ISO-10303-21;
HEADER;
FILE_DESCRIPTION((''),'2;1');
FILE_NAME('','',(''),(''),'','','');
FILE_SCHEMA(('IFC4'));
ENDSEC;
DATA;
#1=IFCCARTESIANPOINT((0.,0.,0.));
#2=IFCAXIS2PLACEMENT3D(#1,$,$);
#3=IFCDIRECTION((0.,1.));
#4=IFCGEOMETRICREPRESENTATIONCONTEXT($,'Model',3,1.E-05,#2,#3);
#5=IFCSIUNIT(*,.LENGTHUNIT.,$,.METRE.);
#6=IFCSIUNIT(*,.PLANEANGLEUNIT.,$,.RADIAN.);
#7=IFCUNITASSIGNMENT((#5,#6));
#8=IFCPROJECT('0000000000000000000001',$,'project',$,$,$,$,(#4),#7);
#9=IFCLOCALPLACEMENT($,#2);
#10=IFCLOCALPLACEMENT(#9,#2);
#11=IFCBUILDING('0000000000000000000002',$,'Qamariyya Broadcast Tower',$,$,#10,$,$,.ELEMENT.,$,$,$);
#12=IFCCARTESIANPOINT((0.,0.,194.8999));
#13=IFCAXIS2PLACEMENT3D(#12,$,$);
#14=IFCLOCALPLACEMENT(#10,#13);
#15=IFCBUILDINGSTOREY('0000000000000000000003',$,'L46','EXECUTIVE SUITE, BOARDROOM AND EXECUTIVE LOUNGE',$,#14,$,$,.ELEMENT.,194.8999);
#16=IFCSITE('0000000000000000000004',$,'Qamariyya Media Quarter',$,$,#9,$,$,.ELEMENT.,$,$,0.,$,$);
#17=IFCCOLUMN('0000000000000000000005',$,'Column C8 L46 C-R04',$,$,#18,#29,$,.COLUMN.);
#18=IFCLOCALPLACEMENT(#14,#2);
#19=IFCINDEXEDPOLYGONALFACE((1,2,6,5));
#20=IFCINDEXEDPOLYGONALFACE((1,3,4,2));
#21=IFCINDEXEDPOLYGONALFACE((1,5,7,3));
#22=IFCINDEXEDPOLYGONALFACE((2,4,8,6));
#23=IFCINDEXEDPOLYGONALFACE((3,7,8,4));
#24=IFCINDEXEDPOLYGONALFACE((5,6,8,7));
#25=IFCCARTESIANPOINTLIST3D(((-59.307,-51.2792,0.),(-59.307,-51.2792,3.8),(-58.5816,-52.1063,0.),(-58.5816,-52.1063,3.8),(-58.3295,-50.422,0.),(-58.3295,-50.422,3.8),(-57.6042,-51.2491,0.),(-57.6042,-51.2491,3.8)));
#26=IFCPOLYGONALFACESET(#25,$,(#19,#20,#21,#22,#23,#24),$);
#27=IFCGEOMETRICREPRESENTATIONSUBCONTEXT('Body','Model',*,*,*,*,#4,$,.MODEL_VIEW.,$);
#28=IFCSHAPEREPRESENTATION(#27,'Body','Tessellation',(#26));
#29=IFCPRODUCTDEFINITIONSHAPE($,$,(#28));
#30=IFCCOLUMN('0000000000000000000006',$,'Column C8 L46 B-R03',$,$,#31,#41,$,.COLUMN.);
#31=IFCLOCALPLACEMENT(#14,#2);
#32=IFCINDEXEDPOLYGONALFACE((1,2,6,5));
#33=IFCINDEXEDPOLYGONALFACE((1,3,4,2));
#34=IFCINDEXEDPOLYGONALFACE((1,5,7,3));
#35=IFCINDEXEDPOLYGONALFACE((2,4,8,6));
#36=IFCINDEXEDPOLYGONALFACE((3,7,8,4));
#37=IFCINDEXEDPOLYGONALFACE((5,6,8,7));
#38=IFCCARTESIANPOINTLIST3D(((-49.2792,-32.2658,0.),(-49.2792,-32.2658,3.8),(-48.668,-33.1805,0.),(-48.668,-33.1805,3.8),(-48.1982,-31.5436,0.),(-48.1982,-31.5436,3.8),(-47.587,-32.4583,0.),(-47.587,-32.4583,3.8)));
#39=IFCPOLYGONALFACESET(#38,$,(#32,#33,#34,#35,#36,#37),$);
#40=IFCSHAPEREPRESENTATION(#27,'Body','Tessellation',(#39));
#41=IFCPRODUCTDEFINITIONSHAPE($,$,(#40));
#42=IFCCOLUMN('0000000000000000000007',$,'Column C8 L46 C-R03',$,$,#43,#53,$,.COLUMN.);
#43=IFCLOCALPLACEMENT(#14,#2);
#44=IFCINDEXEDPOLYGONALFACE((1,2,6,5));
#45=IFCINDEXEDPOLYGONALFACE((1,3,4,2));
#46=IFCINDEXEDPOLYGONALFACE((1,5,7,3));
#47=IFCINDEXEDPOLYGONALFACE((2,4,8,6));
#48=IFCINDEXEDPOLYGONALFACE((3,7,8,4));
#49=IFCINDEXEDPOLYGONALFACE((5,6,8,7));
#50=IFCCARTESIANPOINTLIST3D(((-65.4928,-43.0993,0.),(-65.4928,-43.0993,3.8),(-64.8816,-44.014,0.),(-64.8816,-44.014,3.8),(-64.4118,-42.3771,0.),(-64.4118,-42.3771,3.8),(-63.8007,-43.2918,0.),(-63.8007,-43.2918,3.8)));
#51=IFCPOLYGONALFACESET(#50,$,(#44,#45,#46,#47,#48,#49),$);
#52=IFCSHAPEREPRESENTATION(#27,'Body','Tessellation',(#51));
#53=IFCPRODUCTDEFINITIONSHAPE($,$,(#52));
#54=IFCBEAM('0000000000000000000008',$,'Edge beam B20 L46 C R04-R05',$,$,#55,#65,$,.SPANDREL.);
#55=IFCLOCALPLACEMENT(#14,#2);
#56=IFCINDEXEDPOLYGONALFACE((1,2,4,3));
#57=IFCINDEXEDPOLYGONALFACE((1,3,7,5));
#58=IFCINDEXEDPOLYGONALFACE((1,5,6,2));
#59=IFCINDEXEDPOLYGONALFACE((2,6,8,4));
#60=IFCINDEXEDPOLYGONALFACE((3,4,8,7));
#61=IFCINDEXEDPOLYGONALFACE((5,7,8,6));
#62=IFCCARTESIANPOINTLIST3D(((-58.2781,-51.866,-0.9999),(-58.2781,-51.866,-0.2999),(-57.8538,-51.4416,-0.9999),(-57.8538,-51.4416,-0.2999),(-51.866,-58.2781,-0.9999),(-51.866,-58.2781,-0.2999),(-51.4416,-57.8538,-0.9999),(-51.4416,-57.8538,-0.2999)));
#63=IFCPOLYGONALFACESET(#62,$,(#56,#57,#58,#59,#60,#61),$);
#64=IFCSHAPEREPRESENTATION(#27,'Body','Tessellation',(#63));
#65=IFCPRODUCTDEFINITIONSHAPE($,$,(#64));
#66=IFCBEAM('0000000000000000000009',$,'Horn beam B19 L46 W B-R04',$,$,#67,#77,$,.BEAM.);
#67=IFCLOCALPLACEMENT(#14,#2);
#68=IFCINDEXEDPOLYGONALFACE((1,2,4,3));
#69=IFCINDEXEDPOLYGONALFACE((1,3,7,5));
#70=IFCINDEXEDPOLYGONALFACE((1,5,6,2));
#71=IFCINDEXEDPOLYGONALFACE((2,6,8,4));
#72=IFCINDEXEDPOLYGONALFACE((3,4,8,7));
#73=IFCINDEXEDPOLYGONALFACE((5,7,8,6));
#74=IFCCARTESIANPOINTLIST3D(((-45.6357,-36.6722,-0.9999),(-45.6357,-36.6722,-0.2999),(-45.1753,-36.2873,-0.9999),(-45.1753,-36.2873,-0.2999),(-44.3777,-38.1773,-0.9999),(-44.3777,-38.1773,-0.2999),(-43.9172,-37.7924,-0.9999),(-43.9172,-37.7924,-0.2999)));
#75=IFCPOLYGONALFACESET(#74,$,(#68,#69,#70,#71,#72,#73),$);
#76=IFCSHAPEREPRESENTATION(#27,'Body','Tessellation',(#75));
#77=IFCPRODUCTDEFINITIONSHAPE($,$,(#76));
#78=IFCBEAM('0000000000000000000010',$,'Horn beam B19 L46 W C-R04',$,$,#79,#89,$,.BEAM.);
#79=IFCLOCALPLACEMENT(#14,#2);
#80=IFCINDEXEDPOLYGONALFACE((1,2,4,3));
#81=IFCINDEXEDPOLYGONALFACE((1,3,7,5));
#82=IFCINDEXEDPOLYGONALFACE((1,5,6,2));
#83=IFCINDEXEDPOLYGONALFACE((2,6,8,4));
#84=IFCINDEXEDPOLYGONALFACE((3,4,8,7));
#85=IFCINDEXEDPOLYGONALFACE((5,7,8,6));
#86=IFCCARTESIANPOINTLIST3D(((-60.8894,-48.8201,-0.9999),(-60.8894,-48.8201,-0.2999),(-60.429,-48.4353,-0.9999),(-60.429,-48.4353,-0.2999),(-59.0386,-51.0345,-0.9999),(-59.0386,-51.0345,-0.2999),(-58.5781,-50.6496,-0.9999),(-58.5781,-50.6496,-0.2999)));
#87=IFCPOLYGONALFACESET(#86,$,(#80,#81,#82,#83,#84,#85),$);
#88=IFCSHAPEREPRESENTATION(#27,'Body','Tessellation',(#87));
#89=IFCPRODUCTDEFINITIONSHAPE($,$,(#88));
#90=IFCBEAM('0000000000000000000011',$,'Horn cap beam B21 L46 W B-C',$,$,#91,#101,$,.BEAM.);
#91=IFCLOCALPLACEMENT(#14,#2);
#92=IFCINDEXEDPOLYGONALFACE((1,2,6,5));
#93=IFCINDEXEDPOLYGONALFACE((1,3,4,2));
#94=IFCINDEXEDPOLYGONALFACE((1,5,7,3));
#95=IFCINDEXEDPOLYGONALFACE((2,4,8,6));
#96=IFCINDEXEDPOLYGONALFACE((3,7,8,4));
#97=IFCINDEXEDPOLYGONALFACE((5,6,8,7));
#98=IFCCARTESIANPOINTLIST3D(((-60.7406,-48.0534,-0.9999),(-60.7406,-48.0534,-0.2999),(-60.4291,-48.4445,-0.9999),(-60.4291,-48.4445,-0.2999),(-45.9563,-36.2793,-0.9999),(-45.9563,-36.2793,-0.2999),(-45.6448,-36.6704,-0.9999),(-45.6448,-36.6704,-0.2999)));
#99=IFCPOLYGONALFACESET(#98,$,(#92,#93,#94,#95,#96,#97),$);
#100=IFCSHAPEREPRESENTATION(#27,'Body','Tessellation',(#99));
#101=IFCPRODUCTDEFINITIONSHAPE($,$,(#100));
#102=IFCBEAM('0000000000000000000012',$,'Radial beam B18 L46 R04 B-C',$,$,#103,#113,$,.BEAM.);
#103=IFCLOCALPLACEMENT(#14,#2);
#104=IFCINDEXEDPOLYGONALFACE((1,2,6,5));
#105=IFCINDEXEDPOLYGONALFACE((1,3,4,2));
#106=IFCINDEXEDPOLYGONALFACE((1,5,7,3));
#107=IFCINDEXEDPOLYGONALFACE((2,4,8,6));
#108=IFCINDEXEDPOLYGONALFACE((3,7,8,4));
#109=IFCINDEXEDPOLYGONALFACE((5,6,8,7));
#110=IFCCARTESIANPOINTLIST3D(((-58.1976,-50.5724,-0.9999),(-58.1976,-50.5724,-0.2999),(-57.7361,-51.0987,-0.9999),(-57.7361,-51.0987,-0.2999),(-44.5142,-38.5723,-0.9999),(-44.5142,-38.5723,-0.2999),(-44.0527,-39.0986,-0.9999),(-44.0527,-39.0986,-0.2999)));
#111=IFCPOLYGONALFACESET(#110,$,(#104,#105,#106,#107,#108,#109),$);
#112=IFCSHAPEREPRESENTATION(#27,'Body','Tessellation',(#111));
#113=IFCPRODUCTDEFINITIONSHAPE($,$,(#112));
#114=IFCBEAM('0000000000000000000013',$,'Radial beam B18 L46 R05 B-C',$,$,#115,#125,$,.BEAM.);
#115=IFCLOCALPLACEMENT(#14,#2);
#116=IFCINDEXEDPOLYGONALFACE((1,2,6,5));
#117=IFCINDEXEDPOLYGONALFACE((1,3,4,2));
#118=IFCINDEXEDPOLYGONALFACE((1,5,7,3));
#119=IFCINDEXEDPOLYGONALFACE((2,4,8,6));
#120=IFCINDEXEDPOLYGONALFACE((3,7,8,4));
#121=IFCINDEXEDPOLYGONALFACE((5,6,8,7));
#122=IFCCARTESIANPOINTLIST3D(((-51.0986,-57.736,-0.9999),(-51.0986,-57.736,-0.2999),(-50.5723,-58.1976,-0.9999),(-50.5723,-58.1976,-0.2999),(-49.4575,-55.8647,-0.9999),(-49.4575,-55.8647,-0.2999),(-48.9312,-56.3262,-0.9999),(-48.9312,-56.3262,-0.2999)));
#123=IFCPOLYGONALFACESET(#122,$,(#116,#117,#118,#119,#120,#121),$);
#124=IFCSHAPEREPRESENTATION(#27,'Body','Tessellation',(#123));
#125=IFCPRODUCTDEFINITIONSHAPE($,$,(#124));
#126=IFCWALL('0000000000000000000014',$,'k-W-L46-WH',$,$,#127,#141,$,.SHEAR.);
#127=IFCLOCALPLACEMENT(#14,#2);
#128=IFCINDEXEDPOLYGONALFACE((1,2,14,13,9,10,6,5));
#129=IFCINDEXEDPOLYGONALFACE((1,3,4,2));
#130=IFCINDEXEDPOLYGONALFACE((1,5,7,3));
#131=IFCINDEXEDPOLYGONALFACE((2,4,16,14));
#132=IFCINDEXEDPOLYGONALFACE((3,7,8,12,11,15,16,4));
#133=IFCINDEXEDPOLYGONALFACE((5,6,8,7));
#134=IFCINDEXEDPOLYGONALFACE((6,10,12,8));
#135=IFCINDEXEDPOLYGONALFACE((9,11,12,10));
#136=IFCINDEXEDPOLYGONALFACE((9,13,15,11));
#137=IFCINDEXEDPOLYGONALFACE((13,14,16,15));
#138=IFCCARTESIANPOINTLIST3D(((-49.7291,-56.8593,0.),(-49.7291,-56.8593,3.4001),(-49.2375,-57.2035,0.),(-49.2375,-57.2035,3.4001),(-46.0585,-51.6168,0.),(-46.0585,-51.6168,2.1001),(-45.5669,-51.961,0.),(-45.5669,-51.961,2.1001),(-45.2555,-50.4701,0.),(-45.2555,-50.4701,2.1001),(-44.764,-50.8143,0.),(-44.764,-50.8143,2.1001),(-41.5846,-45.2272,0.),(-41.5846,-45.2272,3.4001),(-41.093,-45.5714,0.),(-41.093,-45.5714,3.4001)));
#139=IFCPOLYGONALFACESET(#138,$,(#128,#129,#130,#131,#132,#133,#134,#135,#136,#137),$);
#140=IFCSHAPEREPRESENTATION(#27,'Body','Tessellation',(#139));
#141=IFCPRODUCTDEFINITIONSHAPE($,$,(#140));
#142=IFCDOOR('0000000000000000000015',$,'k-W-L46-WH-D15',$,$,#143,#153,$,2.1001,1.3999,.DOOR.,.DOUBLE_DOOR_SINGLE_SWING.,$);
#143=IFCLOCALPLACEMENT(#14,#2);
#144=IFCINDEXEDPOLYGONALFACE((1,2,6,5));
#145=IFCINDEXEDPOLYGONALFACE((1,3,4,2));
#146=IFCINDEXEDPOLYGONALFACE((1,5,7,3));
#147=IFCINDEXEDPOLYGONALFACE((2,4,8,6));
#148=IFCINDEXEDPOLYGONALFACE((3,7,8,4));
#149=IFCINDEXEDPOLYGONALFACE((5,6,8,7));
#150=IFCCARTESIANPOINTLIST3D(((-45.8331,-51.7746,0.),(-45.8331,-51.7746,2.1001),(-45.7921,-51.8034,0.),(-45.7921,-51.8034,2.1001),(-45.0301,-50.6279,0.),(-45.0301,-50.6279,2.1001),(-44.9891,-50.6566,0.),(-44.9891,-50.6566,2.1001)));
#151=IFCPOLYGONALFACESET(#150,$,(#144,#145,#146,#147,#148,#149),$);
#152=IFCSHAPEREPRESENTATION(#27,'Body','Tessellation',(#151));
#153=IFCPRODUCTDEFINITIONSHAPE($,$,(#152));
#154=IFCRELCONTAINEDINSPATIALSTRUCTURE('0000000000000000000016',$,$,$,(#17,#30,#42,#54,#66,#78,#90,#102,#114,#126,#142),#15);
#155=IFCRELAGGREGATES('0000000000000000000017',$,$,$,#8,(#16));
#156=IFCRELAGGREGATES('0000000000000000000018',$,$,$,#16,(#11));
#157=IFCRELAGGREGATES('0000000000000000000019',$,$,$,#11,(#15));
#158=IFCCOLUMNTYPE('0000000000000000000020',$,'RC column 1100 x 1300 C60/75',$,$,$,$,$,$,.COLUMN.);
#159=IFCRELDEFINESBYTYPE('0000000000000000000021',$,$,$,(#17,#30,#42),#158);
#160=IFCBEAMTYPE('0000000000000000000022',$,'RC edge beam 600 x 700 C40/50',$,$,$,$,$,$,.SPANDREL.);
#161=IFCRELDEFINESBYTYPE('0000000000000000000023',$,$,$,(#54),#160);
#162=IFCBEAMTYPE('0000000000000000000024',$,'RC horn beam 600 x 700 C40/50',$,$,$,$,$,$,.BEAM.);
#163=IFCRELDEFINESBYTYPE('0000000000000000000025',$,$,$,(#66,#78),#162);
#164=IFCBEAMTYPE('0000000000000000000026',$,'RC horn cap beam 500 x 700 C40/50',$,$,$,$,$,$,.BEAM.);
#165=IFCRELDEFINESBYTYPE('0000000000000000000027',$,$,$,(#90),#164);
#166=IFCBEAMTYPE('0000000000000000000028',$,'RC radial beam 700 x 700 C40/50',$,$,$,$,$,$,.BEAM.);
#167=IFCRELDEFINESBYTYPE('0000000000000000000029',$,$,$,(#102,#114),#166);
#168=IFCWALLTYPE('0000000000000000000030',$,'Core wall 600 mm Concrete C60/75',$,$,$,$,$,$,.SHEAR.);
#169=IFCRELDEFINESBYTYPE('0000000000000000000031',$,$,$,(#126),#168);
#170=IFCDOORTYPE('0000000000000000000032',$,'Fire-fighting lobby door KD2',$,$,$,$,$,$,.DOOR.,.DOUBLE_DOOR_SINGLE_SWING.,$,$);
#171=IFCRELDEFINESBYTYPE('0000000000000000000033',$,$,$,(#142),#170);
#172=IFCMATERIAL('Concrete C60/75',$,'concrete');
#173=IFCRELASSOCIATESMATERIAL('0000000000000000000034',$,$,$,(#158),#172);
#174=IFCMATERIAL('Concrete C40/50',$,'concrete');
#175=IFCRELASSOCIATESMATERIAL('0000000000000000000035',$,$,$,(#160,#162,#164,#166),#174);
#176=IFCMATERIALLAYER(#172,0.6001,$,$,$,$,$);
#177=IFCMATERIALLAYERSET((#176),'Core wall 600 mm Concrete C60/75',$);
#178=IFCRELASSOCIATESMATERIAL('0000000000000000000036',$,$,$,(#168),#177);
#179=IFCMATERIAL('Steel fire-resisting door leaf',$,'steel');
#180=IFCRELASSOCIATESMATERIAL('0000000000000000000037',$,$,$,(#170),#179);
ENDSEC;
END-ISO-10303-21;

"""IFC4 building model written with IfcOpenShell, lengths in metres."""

from ifc_helpers import new_model, si_unit, direction, frame, frame_2d, origin, origin_2d, place, context, subcontext, project, spatial, rectangle, extrude, material, layer, layer_set, material_profile, profile_set, type_object, element, fill, save


model = new_model("IFC4")

# Units and contexts
model_context = context("Model", 3, precision=1e-05, world=origin(), true_north=direction((0.0, 1.0)))
body_context = subcontext(model_context, "Body", "Model", "MODEL_VIEW")
ifc_project = project(units=[si_unit("LENGTHUNIT", "METRE"), si_unit("PLANEANGLEUNIT", "RADIAN")], contexts=[model_context])

# Site, building, storey
site_placement = place(None, origin())
site = spatial("IfcSite", under=ifc_project, at=site_placement, Name="Qamariyya Media Quarter", CompositionType="ELEMENT", RefElevation=0.0)
building_placement = place(site_placement, origin())
building = spatial("IfcBuilding", under=site, at=building_placement, Name="Qamariyya Broadcast Tower", CompositionType="ELEMENT")
storey_placement = place(building_placement, frame((0.0, 0.0, 194.8999)))
storey = spatial("IfcBuildingStorey", under=building, at=storey_placement, Name="L46", Description="EXECUTIVE SUITE, BOARDROOM AND EXECUTIVE LOUNGE", CompositionType="ELEMENT", Elevation=194.8999)

# Columns
ifc_material_1 = material(Name="Concrete C60/75", Category="concrete")
ifc_material_profile_1 = material_profile(ifc_material_1, rectangle(XDim=1.1001, YDim=1.3, at=origin_2d()))
ifc_profile_set_1 = profile_set([ifc_material_profile_1], Name="Concrete C60/75")
column_type = type_object("IfcColumnType", Name="RC column 1100 x 1300 C60/75", PredefinedType="COLUMN", material=ifc_profile_set_1)
for number, where, z_axis, x_axis, name in (
    (1, (-58.4556, -51.2642, 0.0), (0.0, 0.0, 1.0), (0.659346, -0.75184, 0.0), "Column C8 L46 C-R04"),
    (2, (-48.4331, -32.3621, 0.0), (0.0, 0.0, 1.0), (0.55557, -0.83147, 0.0), "Column C8 L46 B-R03"),
    (3, (-64.6467, -43.1956, 0.0), (0.0, 0.0, 1.0), (0.55557, -0.83147, 0.0), "Column C8 L46 C-R03"),
):
    element("IfcColumn", number, at=place(storey_placement, frame(where, z_axis=z_axis, x_axis=x_axis)), inside=storey, type_object=column_type, Name=name, PredefinedType="COLUMN", context=body_context, shape_type="SweptSolid", body=[
        extrude(rectangle(XDim=1.1001, YDim=1.3, at=origin_2d()), origin(), (0.0, 0.0, 1.0), 3.8),
    ])

# Beams
ifc_material_2 = material(Name="Concrete C40/50", Category="concrete")
ifc_material_profile_2 = material_profile(ifc_material_2, rectangle(XDim=0.6001, YDim=0.7, at=origin_2d()))
ifc_profile_set_2 = profile_set([ifc_material_profile_2], Name="Concrete C40/50")
beam_type_1 = type_object("IfcBeamType", Name="RC edge beam 600 x 700 C40/50", PredefinedType="SPANDREL", material=ifc_profile_set_2)
beam_1_placement = place(storey_placement, frame((-58.0659, -51.6538, -0.6499), z_axis=(0.707107, -0.707107, 0.0), x_axis=(0.707107, 0.707107, 0.0)))
element("IfcBeam", 4, at=beam_1_placement, inside=storey, type_object=beam_type_1, Name="Edge beam B20 L46 C R04-R05", PredefinedType="SPANDREL", context=body_context, shape_type="SweptSolid", body=[
    extrude(rectangle(XDim=0.6001, YDim=0.7, at=origin_2d()), origin(), (0.0, 0.0, 1.0), 9.0681),
])
ifc_material_profile_3 = material_profile(ifc_material_2, rectangle(XDim=0.6001, YDim=0.7, at=origin_2d()))
ifc_profile_set_3 = profile_set([ifc_material_profile_3], Name="Concrete C40/50")
beam_type_2 = type_object("IfcBeamType", Name="RC horn beam 600 x 700 C40/50", PredefinedType="BEAM", material=ifc_profile_set_3)
beam_2_placement = place(storey_placement, frame((-44.1475, -37.9849, -0.6499), z_axis=(-0.641322, 0.767272, 0.0), x_axis=(-0.767272, -0.641322, 0.0)))
element("IfcBeam", 5, at=beam_2_placement, inside=storey, type_object=beam_type_2, Name="Horn beam B19 L46 W B-R04", PredefinedType="BEAM", context=body_context, shape_type="SweptSolid", body=[
    extrude(rectangle(XDim=0.6001, YDim=0.7, at=origin_2d()), origin(), (0.0, 0.0, 1.0), 1.9617),
])
beam_3_placement = place(storey_placement, frame((-58.8083, -50.842, -0.6499), z_axis=(-0.641315, 0.767277, 0.0), x_axis=(-0.767277, -0.641315, 0.0)))
element("IfcBeam", 6, at=beam_3_placement, inside=storey, type_object=beam_type_2, Name="Horn beam B19 L46 W C-R04", PredefinedType="BEAM", context=body_context, shape_type="SweptSolid", body=[
    extrude(rectangle(XDim=0.6001, YDim=0.7, at=origin_2d()), origin(), (0.0, 0.0, 1.0), 2.886),
])
ifc_material_profile_4 = material_profile(ifc_material_2, rectangle(XDim=0.5, YDim=0.7, at=origin_2d()))
ifc_profile_set_4 = profile_set([ifc_material_profile_4], Name="Concrete C40/50")
beam_type_3 = type_object("IfcBeamType", Name="RC horn cap beam 500 x 700 C40/50", PredefinedType="BEAM", material=ifc_profile_set_4)
beam_4_placement = place(storey_placement, frame((-45.8005, -36.4749, -0.6499), z_axis=(-0.782244, -0.622972, 0.0), x_axis=(0.622972, -0.782244, 0.0)))
element("IfcBeam", 7, at=beam_4_placement, inside=storey, type_object=beam_type_3, Name="Horn cap beam B21 L46 W B-C", PredefinedType="BEAM", context=body_context, shape_type="SweptSolid", body=[
    extrude(rectangle(XDim=0.5, YDim=0.7, at=origin_2d()), origin(), (0.0, 0.0, 1.0), 18.8999),
])
ifc_material_profile_5 = material_profile(ifc_material_2, rectangle(XDim=0.7, YDim=0.7, at=origin_2d()))
ifc_profile_set_5 = profile_set([ifc_material_profile_5], Name="Concrete C40/50")
beam_type_4 = type_object("IfcBeamType", Name="RC radial beam 700 x 700 C40/50", PredefinedType="BEAM", material=ifc_profile_set_5)
beam_5_placement = place(storey_placement, frame((-44.2834, -38.8354, -0.6499), z_axis=(-0.751839, -0.659347, 0.0), x_axis=(0.659347, -0.751839, 0.0)))
element("IfcBeam", 8, at=beam_5_placement, inside=storey, type_object=beam_type_4, Name="Radial beam B18 L46 R04 B-C", PredefinedType="BEAM", context=body_context, shape_type="SweptSolid", body=[
    extrude(rectangle(XDim=0.7, YDim=0.7, at=origin_2d()), origin(), (0.0, 0.0, 1.0), 18.2),
])
beam_6_placement = place(storey_placement, frame((-49.1943, -56.0955, -0.6499), z_axis=(-0.659344, -0.751841, 0.0), x_axis=(0.751841, -0.659344, 0.0)))
element("IfcBeam", 9, at=beam_6_placement, inside=storey, type_object=beam_type_4, Name="Radial beam B18 L46 R05 B-C", PredefinedType="BEAM", context=body_context, shape_type="SweptSolid", body=[
    extrude(rectangle(XDim=0.7, YDim=0.7, at=origin_2d()), origin(), (0.0, 0.0, 1.0), 2.489),
])

# Wall, opening, door
ifc_layer_1 = layer(ifc_material_1, 0.6001)
ifc_layer_set_1 = layer_set([ifc_layer_1], Name="Core wall 600 mm Concrete C60/75")
wall_type_1 = type_object("IfcWallType", Name="Core wall 600 mm Concrete C60/75", PredefinedType="SHEAR", material=ifc_layer_set_1)
wall_1_placement = place(storey_placement, frame((-49.4834, -57.0315, 0.0), z_axis=(0.0, 0.0, 1.0), x_axis=(0.57356, 0.819163, 0.0)))
wall_1 = element("IfcWall", 10, at=wall_1_placement, inside=storey, type_object=wall_type_1, Name="k-W-L46-WH", PredefinedType="SHEAR", context=body_context, shape_type="SweptSolid", body=[
    extrude(rectangle(XDim=14.2, YDim=0.6001, at=frame_2d((7.1001, 0.0))), origin(), (0.0, 0.0, 1.0), 3.4001),
])
opening_1_placement = place(wall_1_placement, frame((6.3999, 0.0, 0.0)))
opening_1 = element("IfcOpeningElement", 11, at=opening_1_placement, cuts=wall_1, PredefinedType="OPENING", context=body_context, shape_type="SweptSolid", body=[
    extrude(rectangle(XDim=1.3999, YDim=2.1001, at=frame_2d((0.7, 1.05))), frame((0.0, 0.3101, 0.0), z_axis=(0.0, -1.0, 0.0), x_axis=(1.0, 0.0, 0.0)), (0.0, 0.0, 1.0), 0.6201),
])
ifc_material_3 = material(Name="Steel fire-resisting door leaf", Category="steel")
door_type_1 = type_object("IfcDoorType", Name="Fire-fighting lobby door KD2", OperationType="DOUBLE_DOOR_SINGLE_SWING", PredefinedType="DOOR", material=ifc_material_3)
door_1_placement = place(opening_1_placement, origin())
door_1 = element("IfcDoor", 12, at=door_1_placement, inside=storey, type_object=door_type_1, Name="k-W-L46-WH-D15", OperationType="DOUBLE_DOOR_SINGLE_SWING", OverallHeight=2.1001, OverallWidth=1.3999, PredefinedType="DOOR", context=body_context, shape_type="SweptSolid", body=[
    extrude(rectangle(XDim=1.3999, YDim=2.1001, at=frame_2d((0.7, 1.05))), frame((0.0, 0.0249, 0.0), z_axis=(0.0, -1.0, 0.0), x_axis=(1.0, 0.0, 0.0)), (0.0, 0.0, 1.0), 0.05),
])
fill(opening_1, door_1)

save(model, "model.ifc")
